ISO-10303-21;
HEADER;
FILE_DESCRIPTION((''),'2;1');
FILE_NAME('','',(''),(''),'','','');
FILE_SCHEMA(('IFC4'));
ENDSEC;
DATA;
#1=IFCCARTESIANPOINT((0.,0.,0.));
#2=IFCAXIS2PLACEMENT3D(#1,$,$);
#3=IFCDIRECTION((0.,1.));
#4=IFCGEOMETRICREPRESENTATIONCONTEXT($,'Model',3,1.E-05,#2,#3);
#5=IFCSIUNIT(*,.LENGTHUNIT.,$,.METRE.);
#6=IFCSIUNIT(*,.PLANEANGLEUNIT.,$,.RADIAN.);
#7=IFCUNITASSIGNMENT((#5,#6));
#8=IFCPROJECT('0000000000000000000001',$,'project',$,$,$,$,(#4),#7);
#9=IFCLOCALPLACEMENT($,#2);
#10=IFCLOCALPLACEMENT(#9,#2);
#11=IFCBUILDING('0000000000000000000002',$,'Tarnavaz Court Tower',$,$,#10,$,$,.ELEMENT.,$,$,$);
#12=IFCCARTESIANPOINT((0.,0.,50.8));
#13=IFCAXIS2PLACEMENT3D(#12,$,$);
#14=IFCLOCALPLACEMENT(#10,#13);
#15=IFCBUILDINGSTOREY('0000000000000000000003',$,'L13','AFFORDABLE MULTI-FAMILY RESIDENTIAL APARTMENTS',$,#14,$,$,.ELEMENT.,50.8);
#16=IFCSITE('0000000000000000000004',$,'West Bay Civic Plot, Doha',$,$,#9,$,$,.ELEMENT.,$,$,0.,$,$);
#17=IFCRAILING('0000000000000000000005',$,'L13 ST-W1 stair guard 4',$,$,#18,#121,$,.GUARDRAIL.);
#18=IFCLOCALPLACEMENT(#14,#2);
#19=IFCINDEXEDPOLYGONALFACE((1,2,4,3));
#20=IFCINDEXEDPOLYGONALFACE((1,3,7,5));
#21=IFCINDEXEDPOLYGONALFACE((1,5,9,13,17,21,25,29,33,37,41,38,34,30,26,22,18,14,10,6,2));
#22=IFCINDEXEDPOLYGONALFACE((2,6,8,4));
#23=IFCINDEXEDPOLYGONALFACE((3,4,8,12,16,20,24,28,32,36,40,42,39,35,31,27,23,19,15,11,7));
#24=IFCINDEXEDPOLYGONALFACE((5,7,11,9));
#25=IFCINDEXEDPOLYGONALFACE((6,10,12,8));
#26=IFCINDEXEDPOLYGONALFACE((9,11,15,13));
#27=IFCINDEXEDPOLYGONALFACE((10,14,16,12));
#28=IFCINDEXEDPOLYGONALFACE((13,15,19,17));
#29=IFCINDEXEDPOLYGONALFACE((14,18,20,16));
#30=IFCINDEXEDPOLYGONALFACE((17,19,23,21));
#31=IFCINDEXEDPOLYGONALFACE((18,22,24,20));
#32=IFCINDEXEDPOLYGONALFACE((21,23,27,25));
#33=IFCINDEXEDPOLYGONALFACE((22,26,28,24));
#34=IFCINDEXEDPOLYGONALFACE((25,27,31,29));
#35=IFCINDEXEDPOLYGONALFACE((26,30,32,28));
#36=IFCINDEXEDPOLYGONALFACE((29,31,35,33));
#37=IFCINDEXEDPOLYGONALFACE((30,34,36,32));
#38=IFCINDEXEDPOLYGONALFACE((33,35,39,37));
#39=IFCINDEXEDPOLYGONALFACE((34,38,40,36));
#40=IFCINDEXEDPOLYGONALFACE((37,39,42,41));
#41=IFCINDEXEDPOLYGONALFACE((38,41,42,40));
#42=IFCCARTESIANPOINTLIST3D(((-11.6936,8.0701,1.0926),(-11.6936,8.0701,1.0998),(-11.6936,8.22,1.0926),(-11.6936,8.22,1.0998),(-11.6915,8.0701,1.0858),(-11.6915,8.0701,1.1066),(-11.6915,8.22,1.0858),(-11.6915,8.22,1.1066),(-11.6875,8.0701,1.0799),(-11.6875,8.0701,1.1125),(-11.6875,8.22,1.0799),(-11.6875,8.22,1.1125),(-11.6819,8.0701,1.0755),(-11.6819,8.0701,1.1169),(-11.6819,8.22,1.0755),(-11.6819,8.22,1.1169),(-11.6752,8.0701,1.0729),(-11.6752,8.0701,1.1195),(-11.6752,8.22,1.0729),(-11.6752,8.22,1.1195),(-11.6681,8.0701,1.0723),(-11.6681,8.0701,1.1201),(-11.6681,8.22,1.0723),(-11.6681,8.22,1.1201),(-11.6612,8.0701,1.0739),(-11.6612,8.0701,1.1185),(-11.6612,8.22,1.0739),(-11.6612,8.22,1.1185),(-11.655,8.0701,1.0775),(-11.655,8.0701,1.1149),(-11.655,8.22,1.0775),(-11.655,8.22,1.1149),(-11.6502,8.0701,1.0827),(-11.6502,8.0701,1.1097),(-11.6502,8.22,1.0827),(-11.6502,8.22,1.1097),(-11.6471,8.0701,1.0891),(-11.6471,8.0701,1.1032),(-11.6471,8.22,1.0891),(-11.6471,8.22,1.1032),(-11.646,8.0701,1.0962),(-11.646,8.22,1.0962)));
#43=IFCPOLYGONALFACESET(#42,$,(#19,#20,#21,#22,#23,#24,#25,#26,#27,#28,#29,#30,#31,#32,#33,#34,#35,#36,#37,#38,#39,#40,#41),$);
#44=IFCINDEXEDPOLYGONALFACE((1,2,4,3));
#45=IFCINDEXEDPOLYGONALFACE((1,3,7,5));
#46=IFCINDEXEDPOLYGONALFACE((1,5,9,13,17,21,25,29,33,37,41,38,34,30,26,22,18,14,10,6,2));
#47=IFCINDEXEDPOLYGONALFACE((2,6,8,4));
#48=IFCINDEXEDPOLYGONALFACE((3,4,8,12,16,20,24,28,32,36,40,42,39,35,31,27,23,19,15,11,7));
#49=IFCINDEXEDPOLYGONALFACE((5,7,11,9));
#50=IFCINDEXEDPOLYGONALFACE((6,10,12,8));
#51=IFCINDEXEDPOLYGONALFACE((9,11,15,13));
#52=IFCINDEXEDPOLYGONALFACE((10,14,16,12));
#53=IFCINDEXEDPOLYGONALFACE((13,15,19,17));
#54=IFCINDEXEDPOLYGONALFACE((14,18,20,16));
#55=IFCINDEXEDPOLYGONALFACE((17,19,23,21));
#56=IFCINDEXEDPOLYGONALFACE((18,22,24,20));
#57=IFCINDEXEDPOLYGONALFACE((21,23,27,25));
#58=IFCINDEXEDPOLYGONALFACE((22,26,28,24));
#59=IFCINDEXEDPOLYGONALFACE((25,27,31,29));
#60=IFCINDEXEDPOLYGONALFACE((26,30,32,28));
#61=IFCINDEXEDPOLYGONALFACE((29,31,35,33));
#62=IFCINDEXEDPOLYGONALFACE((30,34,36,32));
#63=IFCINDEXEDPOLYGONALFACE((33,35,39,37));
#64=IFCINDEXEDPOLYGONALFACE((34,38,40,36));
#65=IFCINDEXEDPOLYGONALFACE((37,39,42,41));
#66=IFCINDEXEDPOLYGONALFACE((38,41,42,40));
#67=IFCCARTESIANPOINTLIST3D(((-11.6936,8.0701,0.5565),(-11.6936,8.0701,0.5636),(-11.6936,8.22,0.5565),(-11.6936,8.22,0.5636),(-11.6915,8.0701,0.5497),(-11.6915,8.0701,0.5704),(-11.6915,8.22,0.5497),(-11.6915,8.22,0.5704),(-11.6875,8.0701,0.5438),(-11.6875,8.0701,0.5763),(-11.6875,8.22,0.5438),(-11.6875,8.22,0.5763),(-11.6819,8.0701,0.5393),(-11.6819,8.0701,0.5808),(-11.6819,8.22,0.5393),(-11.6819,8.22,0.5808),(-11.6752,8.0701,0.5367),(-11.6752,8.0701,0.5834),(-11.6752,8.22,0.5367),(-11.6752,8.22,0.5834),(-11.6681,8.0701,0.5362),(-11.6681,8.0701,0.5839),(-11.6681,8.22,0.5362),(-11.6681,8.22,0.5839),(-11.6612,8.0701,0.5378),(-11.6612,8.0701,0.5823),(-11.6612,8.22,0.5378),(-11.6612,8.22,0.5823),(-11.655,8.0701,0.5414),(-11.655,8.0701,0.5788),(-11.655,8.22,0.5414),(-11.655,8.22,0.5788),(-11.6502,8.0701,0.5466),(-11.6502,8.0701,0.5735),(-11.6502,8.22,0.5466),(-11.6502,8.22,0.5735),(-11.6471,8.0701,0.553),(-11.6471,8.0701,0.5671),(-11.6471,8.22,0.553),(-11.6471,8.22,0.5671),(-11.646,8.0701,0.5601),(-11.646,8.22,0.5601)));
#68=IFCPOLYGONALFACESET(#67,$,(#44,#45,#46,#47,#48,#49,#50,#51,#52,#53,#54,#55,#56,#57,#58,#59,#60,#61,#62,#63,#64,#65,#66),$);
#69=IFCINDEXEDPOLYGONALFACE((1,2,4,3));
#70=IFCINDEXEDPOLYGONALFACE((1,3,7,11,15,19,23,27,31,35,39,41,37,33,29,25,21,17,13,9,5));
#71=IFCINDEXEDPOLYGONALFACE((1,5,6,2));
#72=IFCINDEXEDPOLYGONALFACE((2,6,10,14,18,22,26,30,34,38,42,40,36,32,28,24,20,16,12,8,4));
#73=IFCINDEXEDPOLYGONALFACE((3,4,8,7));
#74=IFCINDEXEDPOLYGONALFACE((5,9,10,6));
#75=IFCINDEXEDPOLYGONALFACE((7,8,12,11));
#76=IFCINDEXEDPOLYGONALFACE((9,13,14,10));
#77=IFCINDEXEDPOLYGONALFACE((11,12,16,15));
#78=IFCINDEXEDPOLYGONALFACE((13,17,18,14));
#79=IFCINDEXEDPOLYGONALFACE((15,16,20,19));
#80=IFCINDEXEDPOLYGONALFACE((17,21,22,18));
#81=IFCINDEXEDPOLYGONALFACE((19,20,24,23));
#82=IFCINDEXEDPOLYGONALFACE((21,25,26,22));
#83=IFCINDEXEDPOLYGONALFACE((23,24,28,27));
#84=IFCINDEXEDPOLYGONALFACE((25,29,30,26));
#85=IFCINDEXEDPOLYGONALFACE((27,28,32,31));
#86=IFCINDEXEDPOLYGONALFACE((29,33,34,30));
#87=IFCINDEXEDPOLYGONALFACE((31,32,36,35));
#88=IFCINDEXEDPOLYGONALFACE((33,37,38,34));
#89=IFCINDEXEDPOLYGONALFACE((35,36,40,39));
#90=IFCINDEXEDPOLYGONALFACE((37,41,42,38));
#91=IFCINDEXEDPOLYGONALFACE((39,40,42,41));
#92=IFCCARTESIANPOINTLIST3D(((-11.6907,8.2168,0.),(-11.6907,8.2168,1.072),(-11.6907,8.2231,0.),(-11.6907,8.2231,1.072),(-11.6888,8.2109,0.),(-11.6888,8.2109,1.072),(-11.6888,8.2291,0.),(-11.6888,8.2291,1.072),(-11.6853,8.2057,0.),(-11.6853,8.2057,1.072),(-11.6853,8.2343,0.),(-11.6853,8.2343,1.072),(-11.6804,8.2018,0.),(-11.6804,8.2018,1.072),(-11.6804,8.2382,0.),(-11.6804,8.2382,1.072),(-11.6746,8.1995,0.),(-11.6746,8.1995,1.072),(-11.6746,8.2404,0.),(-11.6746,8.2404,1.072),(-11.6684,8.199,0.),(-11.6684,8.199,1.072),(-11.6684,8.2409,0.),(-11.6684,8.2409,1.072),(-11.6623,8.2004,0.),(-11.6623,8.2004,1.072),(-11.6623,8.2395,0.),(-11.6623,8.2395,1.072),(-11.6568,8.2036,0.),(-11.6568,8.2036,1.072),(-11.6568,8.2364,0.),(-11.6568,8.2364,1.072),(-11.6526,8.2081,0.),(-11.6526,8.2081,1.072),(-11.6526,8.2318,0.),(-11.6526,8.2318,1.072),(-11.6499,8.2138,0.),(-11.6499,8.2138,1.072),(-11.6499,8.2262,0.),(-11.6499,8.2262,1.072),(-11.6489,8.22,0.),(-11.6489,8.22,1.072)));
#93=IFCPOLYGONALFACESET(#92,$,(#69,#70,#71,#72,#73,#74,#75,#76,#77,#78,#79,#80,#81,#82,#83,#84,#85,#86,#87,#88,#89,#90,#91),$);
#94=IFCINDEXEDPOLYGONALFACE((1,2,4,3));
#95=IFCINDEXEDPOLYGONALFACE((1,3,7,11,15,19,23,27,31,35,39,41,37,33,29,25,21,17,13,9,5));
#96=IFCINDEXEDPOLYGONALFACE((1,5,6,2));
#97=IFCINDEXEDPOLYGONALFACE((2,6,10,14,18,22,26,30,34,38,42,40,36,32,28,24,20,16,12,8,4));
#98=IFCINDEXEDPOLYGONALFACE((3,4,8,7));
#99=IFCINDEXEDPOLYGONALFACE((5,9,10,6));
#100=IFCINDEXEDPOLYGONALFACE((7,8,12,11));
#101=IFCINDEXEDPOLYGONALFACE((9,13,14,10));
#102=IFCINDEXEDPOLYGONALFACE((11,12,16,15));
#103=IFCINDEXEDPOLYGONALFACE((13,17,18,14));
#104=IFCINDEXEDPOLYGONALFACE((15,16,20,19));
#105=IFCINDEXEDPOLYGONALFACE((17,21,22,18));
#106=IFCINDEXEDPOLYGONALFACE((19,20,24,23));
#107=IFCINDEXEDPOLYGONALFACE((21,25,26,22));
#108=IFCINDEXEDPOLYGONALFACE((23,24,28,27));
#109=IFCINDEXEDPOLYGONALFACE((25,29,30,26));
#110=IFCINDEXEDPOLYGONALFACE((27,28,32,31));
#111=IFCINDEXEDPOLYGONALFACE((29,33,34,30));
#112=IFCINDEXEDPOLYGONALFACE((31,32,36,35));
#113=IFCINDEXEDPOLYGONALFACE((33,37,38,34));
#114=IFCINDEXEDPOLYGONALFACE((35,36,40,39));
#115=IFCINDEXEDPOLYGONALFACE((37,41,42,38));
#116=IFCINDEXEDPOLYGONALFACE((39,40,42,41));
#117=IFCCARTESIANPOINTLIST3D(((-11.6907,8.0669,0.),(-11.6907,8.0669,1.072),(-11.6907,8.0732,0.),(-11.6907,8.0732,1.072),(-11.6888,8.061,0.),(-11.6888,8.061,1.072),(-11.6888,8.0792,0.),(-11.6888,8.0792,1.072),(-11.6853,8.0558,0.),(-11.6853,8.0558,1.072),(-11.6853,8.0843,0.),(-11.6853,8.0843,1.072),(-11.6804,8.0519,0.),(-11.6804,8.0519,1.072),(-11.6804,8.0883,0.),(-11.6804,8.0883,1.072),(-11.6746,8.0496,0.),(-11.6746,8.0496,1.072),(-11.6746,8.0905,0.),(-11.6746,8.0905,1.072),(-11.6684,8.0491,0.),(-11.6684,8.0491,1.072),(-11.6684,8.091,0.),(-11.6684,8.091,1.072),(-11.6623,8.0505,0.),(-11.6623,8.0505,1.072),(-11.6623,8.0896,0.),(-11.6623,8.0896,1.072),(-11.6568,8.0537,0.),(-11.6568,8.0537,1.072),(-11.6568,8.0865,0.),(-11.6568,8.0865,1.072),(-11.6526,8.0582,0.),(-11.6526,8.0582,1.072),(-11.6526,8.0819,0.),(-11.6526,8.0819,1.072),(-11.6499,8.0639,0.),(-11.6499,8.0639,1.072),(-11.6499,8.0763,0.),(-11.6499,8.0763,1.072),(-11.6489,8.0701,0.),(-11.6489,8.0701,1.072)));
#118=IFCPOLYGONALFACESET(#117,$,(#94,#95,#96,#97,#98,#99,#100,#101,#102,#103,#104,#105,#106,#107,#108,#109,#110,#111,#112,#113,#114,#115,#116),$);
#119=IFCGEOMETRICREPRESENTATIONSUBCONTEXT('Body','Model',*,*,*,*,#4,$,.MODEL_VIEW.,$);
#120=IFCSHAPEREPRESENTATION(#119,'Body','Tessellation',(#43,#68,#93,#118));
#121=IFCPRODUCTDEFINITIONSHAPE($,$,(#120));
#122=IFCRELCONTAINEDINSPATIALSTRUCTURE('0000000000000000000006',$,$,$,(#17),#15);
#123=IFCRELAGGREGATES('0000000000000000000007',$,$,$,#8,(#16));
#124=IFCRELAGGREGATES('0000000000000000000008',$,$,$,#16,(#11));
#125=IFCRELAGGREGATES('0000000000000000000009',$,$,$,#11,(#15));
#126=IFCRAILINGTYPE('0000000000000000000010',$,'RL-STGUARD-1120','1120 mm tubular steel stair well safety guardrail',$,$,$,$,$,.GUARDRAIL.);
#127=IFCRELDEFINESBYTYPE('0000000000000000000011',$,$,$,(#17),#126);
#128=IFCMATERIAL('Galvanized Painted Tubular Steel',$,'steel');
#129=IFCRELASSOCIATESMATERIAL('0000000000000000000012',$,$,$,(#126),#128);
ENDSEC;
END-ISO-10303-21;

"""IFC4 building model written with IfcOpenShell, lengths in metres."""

from ifc_helpers import new_model, si_unit, direction, frame, origin, origin_2d, place, context, subcontext, project, spatial, circle, extrude, material, type_object, element, save


model = new_model("IFC4")

# Units and contexts
model_context = context("Model", 3, precision=1e-05, world=origin(), true_north=direction((0.0, 1.0)))
body_context = subcontext(model_context, "Body", "Model", "MODEL_VIEW")
ifc_project = project(units=[si_unit("LENGTHUNIT", "METRE"), si_unit("PLANEANGLEUNIT", "RADIAN")], contexts=[model_context])

# Site, building, storey
site_placement = place(None, origin())
site = spatial("IfcSite", under=ifc_project, at=site_placement, Name="West Bay Civic Plot, Doha", CompositionType="ELEMENT", RefElevation=0.0)
building_placement = place(site_placement, origin())
building = spatial("IfcBuilding", under=site, at=building_placement, Name="Tarnavaz Court Tower", CompositionType="ELEMENT")
storey_placement = place(building_placement, frame((0.0, 0.0, 50.8)))
storey = spatial("IfcBuildingStorey", under=building, at=storey_placement, Name="L13", Description="AFFORDABLE MULTI-FAMILY RESIDENTIAL APARTMENTS", CompositionType="ELEMENT", Elevation=50.8)

# Railing
ifc_material_1 = material(Name="Galvanized Painted Tubular Steel", Category="steel")
railing_type_1 = type_object("IfcRailingType", Name="RL-STGUARD-1120", Description="1120 mm tubular steel stair well safety guardrail", PredefinedType="GUARDRAIL", material=ifc_material_1)
railing_1_placement = place(storey_placement, frame((-11.6699, 8.22, 0.0)))
element("IfcRailing", 1, at=railing_1_placement, inside=storey, type_object=railing_type_1, Name="L13 ST-W1 stair guard 4", PredefinedType="GUARDRAIL", context=body_context, shape_type="SweptSolid", body=[
    extrude(circle(Radius=0.0239, at=origin_2d()), frame((0.0, 0.0, 1.0962), z_axis=(0.0, -1.0, 0.0), x_axis=(1.0, 0.0, 0.0)), (0.0, 0.0, 1.0), 0.1499),
    extrude(circle(Radius=0.0239, at=origin_2d()), frame((0.0, 0.0, 0.5601), z_axis=(0.0, -1.0, 0.0), x_axis=(1.0, 0.0, 0.0)), (0.0, 0.0, 1.0), 0.1499),
    extrude(circle(Radius=0.021, at=origin_2d()), origin(), (0.0, 0.0, 1.0), 1.072),
    extrude(circle(Radius=0.021, at=origin_2d()), frame((0.0, -0.1499, 0.0)), (0.0, 0.0, 1.0), 1.072),
])

save(model, "model.ifc")
